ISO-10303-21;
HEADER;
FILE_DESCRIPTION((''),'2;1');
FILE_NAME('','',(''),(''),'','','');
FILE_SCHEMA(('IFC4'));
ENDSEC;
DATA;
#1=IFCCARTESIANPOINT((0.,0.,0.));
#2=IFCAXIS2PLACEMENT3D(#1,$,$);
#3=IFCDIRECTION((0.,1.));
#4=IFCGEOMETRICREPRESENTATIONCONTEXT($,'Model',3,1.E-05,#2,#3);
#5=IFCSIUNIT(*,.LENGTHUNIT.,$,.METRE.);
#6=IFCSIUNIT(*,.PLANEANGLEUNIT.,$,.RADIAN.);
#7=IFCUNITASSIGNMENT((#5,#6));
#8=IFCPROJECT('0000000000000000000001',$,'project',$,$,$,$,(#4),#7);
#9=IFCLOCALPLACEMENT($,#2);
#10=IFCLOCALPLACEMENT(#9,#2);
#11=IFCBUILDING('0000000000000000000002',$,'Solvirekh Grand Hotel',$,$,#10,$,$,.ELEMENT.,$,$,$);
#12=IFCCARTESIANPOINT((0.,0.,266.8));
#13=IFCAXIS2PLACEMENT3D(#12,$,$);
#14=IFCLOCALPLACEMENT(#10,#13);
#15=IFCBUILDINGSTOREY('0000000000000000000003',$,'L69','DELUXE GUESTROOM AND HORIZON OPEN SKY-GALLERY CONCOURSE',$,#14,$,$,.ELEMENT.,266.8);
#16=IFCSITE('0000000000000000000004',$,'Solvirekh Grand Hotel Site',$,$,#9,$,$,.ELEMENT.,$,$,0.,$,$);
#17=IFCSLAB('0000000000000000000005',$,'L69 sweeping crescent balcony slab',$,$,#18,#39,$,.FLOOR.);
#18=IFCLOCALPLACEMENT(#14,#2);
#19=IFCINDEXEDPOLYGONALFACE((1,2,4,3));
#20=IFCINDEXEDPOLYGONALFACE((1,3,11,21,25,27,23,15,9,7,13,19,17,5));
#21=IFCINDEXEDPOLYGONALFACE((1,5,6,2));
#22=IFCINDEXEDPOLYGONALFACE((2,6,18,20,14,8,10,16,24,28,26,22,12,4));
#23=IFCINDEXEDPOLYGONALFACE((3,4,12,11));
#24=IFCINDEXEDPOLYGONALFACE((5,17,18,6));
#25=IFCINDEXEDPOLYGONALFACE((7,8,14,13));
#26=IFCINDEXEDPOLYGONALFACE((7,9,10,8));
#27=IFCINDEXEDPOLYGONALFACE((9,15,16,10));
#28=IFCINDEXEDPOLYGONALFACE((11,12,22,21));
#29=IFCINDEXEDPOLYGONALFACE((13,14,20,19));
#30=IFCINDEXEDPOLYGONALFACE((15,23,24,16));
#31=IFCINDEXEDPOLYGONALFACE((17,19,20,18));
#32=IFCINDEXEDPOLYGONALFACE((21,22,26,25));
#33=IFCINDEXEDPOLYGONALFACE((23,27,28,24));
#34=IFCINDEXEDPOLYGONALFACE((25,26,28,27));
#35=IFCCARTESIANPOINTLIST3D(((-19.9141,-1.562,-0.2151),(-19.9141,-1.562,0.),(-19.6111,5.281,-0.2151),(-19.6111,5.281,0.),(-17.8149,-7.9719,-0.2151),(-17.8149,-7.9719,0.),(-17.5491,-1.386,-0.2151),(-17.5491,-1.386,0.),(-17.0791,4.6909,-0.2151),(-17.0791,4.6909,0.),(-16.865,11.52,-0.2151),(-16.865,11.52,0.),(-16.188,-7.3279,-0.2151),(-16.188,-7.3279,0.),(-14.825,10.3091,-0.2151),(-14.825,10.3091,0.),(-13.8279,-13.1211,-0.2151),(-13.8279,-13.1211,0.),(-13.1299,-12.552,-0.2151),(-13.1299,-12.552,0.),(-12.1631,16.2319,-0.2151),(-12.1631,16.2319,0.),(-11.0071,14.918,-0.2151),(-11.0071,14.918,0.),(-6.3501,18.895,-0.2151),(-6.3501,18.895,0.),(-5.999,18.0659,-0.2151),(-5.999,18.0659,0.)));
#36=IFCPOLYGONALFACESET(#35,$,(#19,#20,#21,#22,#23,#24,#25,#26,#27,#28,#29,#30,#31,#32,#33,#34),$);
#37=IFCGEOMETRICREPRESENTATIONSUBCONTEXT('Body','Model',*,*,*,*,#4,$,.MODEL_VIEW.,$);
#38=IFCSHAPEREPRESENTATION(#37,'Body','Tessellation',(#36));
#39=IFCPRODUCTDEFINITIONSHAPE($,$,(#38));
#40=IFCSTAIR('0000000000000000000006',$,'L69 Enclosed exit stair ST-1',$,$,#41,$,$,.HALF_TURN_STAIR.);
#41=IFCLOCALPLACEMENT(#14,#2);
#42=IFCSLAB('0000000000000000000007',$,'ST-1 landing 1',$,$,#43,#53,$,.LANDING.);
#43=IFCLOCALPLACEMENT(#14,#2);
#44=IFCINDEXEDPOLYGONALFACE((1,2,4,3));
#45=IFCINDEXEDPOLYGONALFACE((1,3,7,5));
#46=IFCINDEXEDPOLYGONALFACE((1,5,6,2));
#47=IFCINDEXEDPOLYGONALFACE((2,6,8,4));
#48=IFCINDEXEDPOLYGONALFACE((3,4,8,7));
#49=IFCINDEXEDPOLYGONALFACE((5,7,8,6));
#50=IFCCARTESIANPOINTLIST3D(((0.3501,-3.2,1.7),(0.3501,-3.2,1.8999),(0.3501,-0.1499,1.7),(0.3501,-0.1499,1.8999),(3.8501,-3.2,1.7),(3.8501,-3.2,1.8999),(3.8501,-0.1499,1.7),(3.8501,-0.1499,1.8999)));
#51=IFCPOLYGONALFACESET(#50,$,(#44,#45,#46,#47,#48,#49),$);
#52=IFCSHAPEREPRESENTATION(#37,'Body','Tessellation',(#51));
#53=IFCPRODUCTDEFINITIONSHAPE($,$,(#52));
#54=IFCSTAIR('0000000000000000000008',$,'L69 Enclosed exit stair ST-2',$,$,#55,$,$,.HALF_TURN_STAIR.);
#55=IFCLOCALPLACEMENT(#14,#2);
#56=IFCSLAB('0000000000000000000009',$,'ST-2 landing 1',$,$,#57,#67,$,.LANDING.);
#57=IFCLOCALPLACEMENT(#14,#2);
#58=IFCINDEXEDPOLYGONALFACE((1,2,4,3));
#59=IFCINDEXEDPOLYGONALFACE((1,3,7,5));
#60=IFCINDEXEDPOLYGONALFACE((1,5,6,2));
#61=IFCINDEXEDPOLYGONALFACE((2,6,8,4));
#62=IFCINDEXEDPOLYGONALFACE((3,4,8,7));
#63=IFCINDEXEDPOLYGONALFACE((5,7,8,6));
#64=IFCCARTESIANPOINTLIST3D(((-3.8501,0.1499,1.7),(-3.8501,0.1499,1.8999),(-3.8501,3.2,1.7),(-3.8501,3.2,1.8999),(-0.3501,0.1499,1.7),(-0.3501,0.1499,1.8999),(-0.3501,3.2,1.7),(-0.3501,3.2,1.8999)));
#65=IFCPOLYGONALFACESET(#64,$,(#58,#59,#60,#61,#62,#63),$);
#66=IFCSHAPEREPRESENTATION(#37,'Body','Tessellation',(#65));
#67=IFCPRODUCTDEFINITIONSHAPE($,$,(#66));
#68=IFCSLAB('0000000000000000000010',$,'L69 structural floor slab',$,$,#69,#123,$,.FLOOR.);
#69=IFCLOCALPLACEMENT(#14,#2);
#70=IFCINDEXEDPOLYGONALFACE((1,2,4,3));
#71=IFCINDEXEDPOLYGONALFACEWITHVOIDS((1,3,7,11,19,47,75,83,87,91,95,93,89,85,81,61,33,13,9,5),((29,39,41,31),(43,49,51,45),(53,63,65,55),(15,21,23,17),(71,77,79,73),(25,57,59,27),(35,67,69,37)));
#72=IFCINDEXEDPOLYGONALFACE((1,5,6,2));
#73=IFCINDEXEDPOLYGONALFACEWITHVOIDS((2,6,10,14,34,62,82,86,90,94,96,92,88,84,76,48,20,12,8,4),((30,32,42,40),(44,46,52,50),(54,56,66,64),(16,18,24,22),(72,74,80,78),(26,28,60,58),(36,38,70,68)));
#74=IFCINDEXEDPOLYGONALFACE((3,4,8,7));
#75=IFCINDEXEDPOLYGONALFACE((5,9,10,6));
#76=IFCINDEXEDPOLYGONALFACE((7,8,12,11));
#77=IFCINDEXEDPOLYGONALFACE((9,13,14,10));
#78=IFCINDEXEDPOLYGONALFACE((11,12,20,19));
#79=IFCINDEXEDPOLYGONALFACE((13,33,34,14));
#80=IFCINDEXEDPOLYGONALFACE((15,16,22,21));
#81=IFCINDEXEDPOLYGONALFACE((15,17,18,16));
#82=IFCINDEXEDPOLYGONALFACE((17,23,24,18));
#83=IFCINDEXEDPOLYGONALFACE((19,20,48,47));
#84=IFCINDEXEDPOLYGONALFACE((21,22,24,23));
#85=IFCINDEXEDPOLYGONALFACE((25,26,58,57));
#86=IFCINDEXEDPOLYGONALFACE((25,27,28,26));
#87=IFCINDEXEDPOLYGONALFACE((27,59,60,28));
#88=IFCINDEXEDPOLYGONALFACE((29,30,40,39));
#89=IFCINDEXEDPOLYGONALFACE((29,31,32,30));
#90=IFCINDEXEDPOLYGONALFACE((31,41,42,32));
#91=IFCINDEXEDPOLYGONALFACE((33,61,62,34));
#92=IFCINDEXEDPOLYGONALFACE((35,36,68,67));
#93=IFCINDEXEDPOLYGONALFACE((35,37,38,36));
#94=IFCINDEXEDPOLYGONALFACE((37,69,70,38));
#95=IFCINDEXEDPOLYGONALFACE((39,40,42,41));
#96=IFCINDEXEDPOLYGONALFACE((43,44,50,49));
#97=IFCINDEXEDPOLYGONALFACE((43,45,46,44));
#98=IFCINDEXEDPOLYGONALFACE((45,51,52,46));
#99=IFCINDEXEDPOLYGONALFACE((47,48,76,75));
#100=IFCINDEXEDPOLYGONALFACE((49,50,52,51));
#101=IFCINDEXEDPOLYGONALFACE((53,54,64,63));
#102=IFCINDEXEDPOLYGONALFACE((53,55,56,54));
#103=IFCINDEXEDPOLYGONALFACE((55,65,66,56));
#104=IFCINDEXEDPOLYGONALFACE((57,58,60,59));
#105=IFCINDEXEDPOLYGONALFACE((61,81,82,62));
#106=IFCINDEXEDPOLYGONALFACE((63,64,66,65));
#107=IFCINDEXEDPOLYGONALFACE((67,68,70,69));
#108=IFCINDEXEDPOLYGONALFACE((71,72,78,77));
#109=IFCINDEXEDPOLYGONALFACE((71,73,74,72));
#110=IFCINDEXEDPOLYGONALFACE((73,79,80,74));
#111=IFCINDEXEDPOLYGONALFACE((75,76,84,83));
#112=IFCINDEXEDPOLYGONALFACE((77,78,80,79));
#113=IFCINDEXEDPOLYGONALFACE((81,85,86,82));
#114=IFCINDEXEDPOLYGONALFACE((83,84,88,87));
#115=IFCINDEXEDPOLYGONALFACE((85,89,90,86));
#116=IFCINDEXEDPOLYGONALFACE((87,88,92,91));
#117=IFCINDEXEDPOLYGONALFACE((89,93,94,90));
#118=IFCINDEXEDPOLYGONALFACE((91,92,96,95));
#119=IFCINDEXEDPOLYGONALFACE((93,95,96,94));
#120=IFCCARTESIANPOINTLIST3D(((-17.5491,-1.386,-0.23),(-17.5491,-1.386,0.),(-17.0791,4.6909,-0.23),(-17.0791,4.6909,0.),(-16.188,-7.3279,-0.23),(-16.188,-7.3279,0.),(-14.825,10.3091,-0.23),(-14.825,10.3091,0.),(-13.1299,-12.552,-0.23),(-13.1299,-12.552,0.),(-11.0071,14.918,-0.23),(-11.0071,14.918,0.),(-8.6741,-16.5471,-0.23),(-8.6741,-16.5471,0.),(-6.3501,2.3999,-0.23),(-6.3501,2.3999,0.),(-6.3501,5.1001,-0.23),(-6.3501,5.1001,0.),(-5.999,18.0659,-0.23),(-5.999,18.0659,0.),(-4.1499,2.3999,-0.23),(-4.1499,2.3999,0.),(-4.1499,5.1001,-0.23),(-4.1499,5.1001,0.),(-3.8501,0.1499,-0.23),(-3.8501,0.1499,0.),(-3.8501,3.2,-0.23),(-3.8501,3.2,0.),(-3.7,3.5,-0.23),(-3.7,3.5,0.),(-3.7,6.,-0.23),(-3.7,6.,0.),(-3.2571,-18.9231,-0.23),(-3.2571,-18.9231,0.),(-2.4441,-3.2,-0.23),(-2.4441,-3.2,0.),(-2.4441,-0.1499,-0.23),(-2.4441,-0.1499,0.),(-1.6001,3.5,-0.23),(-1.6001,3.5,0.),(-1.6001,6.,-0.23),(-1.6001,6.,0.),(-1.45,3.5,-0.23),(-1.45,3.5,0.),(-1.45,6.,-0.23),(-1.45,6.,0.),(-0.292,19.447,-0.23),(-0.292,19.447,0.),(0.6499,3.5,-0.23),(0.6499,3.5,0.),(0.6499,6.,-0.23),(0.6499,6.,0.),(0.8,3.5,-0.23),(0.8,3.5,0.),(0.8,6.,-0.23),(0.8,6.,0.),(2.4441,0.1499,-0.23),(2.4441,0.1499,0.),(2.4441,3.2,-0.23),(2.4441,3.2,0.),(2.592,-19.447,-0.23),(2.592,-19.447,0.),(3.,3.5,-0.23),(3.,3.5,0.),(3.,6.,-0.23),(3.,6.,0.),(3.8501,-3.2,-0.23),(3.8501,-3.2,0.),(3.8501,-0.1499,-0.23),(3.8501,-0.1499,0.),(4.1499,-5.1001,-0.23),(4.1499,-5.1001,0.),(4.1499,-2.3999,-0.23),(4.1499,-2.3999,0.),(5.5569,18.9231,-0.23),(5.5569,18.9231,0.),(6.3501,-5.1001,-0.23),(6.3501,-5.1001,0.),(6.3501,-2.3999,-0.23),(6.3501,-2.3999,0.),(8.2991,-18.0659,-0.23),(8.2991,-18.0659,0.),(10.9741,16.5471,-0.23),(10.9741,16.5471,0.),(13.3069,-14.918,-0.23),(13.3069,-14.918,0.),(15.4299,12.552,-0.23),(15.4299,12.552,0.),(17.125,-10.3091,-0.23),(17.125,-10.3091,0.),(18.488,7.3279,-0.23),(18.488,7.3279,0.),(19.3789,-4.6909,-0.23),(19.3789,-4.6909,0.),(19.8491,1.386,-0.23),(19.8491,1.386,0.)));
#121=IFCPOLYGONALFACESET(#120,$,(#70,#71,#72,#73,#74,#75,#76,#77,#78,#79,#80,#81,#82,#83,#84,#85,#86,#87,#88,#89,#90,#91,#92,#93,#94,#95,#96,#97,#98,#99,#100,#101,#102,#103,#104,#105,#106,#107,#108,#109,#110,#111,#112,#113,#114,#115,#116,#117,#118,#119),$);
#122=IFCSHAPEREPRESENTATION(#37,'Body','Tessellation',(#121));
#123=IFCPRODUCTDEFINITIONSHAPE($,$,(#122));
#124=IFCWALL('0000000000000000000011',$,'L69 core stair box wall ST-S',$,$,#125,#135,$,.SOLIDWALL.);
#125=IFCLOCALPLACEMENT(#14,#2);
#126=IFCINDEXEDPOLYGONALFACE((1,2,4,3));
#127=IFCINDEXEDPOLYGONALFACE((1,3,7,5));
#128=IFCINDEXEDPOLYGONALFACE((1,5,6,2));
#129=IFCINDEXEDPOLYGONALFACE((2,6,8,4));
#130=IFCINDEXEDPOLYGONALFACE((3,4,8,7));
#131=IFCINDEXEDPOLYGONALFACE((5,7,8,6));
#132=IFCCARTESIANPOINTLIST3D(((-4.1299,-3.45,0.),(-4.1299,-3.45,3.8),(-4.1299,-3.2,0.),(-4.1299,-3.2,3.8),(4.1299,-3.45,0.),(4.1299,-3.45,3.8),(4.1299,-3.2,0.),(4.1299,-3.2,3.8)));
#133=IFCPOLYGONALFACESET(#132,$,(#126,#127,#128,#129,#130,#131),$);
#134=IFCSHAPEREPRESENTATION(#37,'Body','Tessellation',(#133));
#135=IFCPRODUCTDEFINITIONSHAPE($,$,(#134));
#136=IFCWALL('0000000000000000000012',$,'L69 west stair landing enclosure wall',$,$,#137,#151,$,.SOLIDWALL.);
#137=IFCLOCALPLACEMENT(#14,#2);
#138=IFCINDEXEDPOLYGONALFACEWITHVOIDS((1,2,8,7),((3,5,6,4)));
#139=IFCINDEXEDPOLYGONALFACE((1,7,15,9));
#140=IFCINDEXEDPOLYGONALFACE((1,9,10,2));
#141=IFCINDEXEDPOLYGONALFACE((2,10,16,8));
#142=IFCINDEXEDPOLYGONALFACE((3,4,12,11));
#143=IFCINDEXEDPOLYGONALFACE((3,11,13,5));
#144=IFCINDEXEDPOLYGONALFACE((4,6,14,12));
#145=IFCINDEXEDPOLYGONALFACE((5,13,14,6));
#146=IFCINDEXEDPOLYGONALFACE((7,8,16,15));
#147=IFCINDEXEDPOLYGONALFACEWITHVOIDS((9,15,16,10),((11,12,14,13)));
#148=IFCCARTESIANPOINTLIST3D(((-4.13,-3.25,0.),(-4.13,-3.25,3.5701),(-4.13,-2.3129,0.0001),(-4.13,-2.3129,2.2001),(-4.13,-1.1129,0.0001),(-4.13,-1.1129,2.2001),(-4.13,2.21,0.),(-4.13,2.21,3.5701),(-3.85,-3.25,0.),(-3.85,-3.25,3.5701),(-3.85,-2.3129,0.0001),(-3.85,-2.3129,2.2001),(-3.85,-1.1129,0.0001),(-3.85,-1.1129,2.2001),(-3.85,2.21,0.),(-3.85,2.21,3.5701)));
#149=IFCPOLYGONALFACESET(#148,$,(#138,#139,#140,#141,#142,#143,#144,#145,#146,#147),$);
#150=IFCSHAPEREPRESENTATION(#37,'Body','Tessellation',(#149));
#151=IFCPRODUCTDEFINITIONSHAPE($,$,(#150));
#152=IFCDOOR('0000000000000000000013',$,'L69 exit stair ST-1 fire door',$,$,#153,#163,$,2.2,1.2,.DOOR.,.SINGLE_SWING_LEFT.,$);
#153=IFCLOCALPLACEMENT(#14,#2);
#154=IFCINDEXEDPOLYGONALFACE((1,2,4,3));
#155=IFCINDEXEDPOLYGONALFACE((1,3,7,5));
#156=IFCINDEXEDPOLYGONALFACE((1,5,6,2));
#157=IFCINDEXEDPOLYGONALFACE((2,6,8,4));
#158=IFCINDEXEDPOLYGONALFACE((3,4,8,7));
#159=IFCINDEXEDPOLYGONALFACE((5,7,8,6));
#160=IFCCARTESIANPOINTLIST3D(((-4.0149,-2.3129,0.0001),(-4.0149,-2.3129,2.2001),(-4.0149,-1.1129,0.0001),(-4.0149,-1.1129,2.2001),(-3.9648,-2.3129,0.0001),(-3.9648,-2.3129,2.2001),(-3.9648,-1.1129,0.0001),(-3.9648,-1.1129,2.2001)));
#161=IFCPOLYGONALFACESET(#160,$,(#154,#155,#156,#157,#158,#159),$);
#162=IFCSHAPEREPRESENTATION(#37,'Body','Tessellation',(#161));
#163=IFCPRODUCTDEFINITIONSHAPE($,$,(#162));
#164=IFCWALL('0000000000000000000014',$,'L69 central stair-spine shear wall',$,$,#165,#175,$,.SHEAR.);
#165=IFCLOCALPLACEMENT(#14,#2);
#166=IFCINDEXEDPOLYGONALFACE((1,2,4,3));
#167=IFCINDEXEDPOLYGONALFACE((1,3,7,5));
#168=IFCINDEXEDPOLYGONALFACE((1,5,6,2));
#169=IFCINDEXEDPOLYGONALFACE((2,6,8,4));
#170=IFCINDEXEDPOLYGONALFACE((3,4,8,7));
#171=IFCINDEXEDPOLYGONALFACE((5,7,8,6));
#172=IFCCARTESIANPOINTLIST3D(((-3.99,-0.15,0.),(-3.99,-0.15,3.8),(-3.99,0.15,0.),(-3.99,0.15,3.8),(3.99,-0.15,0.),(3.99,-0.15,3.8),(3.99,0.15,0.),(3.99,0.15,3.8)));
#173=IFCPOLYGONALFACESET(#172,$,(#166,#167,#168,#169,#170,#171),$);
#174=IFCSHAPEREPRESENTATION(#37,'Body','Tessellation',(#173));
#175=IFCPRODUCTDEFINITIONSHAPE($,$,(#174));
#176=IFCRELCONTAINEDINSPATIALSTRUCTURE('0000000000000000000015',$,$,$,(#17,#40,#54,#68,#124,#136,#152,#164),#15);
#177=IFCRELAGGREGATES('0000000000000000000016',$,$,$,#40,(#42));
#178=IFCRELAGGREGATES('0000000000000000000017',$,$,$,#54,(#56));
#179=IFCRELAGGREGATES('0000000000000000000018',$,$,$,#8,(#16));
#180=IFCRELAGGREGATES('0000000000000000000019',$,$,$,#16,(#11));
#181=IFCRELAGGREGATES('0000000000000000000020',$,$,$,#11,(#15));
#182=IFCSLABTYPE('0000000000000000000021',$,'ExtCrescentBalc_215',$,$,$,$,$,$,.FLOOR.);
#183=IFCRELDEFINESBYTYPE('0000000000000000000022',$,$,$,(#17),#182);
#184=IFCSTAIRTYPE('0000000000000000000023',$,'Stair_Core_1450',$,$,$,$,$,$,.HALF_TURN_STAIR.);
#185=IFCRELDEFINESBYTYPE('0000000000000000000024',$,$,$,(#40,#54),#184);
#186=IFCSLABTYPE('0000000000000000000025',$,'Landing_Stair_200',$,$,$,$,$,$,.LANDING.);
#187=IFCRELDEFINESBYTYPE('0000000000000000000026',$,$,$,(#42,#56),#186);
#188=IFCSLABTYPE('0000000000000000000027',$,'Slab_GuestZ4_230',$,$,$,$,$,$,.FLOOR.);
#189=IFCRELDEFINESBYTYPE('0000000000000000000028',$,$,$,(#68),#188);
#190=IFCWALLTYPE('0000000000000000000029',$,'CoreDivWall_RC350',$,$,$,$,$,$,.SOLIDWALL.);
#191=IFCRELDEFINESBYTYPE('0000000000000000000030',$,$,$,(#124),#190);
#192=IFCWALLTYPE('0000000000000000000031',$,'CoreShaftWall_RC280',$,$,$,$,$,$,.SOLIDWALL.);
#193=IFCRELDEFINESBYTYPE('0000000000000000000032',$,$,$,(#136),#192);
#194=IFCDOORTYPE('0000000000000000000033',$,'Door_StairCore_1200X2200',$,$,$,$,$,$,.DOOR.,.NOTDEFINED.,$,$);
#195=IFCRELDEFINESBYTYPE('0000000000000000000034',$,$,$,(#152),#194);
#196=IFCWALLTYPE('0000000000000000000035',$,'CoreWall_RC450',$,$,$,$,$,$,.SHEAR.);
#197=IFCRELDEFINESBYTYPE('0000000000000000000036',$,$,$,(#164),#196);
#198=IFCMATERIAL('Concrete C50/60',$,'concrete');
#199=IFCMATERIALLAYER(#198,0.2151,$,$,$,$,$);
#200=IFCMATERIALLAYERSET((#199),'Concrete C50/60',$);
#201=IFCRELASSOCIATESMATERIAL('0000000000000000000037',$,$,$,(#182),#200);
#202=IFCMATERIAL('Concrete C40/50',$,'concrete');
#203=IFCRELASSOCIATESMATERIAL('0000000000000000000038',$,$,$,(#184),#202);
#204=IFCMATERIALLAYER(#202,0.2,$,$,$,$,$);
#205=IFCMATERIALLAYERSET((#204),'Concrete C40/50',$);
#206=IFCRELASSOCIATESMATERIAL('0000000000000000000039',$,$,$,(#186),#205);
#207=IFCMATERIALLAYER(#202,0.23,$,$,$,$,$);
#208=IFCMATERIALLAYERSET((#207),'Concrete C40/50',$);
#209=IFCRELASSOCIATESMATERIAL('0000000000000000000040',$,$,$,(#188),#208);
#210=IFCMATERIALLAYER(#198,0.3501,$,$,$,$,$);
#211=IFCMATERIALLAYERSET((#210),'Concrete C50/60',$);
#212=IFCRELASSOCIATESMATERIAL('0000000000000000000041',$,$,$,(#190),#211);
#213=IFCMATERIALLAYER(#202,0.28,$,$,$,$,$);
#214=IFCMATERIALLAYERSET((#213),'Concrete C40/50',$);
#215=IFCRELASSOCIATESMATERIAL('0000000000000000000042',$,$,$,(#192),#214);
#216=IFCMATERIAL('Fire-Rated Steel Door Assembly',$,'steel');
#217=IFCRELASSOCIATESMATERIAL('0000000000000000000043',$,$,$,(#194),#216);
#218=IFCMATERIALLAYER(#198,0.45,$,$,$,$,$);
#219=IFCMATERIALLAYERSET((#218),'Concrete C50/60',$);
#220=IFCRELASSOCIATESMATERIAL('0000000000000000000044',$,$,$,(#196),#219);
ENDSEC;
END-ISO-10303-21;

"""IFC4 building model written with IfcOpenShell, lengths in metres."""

from ifc_helpers import new_model, si_unit, direction, frame, frame_2d, origin, place, context, subcontext, project, spatial, polyline, rectangle, outline, extrude, material, layer, layer_set, type_object, element, fill, aggregate, save


model = new_model("IFC4")

# Units and contexts
model_context = context("Model", 3, precision=1e-05, world=origin(), true_north=direction((0.0, 1.0)))
body_context = subcontext(model_context, "Body", "Model", "MODEL_VIEW")
ifc_project = project(units=[si_unit("LENGTHUNIT", "METRE"), si_unit("PLANEANGLEUNIT", "RADIAN")], contexts=[model_context])

# Site, building, storey
site_placement = place(None, origin())
site = spatial("IfcSite", under=ifc_project, at=site_placement, Name="Solvirekh Grand Hotel Site", CompositionType="ELEMENT", RefElevation=0.0)
building_placement = place(site_placement, origin())
building = spatial("IfcBuilding", under=site, at=building_placement, Name="Solvirekh Grand Hotel", CompositionType="ELEMENT")
storey_placement = place(building_placement, frame((0.0, 0.0, 266.8)))
storey = spatial("IfcBuildingStorey", under=building, at=storey_placement, Name="L69", Description="DELUXE GUESTROOM AND HORIZON OPEN SKY-GALLERY CONCOURSE", CompositionType="ELEMENT", Elevation=266.8)

# Slab
ifc_material_1 = material(Name="Concrete C50/60", Category="concrete")
ifc_layer_1 = layer(ifc_material_1, 0.2151)
ifc_layer_set_1 = layer_set([ifc_layer_1], Name="Concrete C50/60")
slab_type_1 = type_object("IfcSlabType", Name="ExtCrescentBalc_215", PredefinedType="FLOOR", material=ifc_layer_set_1)
slab_1_placement = place(storey_placement, frame((0.0, 0.0, -0.2151)))
element("IfcSlab", 1, at=slab_1_placement, inside=storey, type_object=slab_type_1, Name="L69 sweeping crescent balcony slab", PredefinedType="FLOOR", context=body_context, shape_type="SweptSolid", body=[
    extrude(outline(polyline([(-6.3501, 18.895), (-12.1631, 16.2319), (-16.865, 11.52), (-19.6111, 5.281), (-19.9141, -1.562), (-17.8149, -7.9719), (-13.8279, -13.1211), (-13.1299, -12.552), (-16.188, -7.3279), (-17.5491, -1.386), (-17.0791, 4.6909), (-14.825, 10.3091), (-11.0071, 14.918), (-5.999, 18.0659), (-6.3501, 18.895)])), origin(), (0.0, 0.0, 1.0), 0.2151),
])

# Stairs, slabs
ifc_material_2 = material(Name="Concrete C40/50", Category="concrete")
stair_type = type_object("IfcStairType", Name="Stair_Core_1450", PredefinedType="HALF_TURN_STAIR", material=ifc_material_2)
stair_1_placement = place(storey_placement, origin())
stair_1 = element("IfcStair", 2, at=stair_1_placement, inside=storey, type_object=stair_type, Name="L69 Enclosed exit stair ST-1", PredefinedType="HALF_TURN_STAIR")
ifc_layer_2 = layer(ifc_material_2, 0.2)
ifc_layer_set_2 = layer_set([ifc_layer_2], Name="Concrete C40/50")
slab_type_2 = type_object("IfcSlabType", Name="Landing_Stair_200", PredefinedType="LANDING", material=ifc_layer_set_2)
slab_2_placement = place(storey_placement, frame((0.0, 0.0, 1.7)))
slab_2 = element("IfcSlab", 3, at=slab_2_placement, type_object=slab_type_2, Name="ST-1 landing 1", PredefinedType="LANDING", context=body_context, shape_type="SweptSolid", body=[
    extrude(outline(polyline([(0.3501, -3.2), (3.8501, -3.2), (3.8501, -0.1499), (0.3501, -0.1499), (0.3501, -3.2)])), origin(), (0.0, 0.0, 1.0), 0.2),
])
stair_2_placement = place(storey_placement, origin())
stair_2 = element("IfcStair", 4, at=stair_2_placement, inside=storey, type_object=stair_type, Name="L69 Enclosed exit stair ST-2", PredefinedType="HALF_TURN_STAIR")
slab_3_placement = place(storey_placement, frame((0.0, 0.0, 1.7)))
slab_3 = element("IfcSlab", 5, at=slab_3_placement, type_object=slab_type_2, Name="ST-2 landing 1", PredefinedType="LANDING", context=body_context, shape_type="SweptSolid", body=[
    extrude(outline(polyline([(-0.3501, 3.2), (-3.8501, 3.2), (-3.8501, 0.1499), (-0.3501, 0.1499), (-0.3501, 3.2)])), origin(), (0.0, 0.0, 1.0), 0.2),
])

# Slab
ifc_layer_3 = layer(ifc_material_2, 0.23)
ifc_layer_set_3 = layer_set([ifc_layer_3], Name="Concrete C40/50")
slab_type_3 = type_object("IfcSlabType", Name="Slab_GuestZ4_230", PredefinedType="FLOOR", material=ifc_layer_set_3)
slab_4_placement = place(storey_placement, frame((0.0, 0.0, -0.23)))
element("IfcSlab", 6, at=slab_4_placement, inside=storey, type_object=slab_type_3, Name="L69 structural floor slab", PredefinedType="FLOOR", context=body_context, shape_type="SweptSolid", body=[
    extrude(outline(polyline([(2.592, -19.447), (8.2991, -18.0659), (13.3069, -14.918), (17.125, -10.3091), (19.3789, -4.6909), (19.8491, 1.386), (18.488, 7.3279), (15.4299, 12.552), (10.9741, 16.5471), (5.5569, 18.9231), (-0.292, 19.447), (-5.999, 18.0659), (-11.0071, 14.918), (-14.825, 10.3091), (-17.0791, 4.6909), (-17.5491, -1.386), (-16.188, -7.3279), (-13.1299, -12.552), (-8.6741, -16.5471), (-3.2571, -18.9231), (2.592, -19.447)]), holes=[polyline([(-2.4441, -0.1499), (3.8501, -0.1499), (3.8501, -3.2), (-2.4441, -3.2), (-2.4441, -0.1499)]), polyline([(2.4441, 0.1499), (-3.8501, 0.1499), (-3.8501, 3.2), (2.4441, 3.2), (2.4441, 0.1499)]), polyline([(-3.7, 6.0), (-1.6001, 6.0), (-1.6001, 3.5), (-3.7, 3.5), (-3.7, 6.0)]), polyline([(-1.45, 6.0), (0.6499, 6.0), (0.6499, 3.5), (-1.45, 3.5), (-1.45, 6.0)]), polyline([(0.8, 6.0), (3.0, 6.0), (3.0, 3.5), (0.8, 3.5), (0.8, 6.0)]), polyline([(-6.3501, 5.1001), (-4.1499, 5.1001), (-4.1499, 2.3999), (-6.3501, 2.3999), (-6.3501, 5.1001)]), polyline([(4.1499, -2.3999), (6.3501, -2.3999), (6.3501, -5.1001), (4.1499, -5.1001), (4.1499, -2.3999)])]), origin(), (0.0, 0.0, 1.0), 0.23),
])

# Wall
ifc_layer_4 = layer(ifc_material_1, 0.3501)
ifc_layer_set_4 = layer_set([ifc_layer_4], Name="Concrete C50/60")
wall_type_1 = type_object("IfcWallType", Name="CoreDivWall_RC350", PredefinedType="SOLIDWALL", material=ifc_layer_set_4)
wall_1_placement = place(storey_placement, frame((-4.1299, -3.325, 0.0), z_axis=(0.0, 0.0, 1.0), x_axis=(1.0, 0.0, 0.0)))
element("IfcWall", 7, at=wall_1_placement, inside=storey, type_object=wall_type_1, Name="L69 core stair box wall ST-S", PredefinedType="SOLIDWALL", context=body_context, shape_type="SweptSolid", body=[
    extrude(rectangle(XDim=8.2598, YDim=0.25, at=frame_2d((4.1299, 0.0))), origin(), (0.0, 0.0, 1.0), 3.8),
])

# Wall, opening, door
ifc_layer_5 = layer(ifc_material_2, 0.28)
ifc_layer_set_5 = layer_set([ifc_layer_5], Name="Concrete C40/50")
wall_type_2 = type_object("IfcWallType", Name="CoreShaftWall_RC280", PredefinedType="SOLIDWALL", material=ifc_layer_set_5)
wall_2_placement = place(storey_placement, frame((-3.99, -3.25, 0.0), z_axis=(0.0, 0.0, 1.0), x_axis=(0.0, 1.0, 0.0)))
wall_2 = element("IfcWall", 8, at=wall_2_placement, inside=storey, type_object=wall_type_2, Name="L69 west stair landing enclosure wall", PredefinedType="SOLIDWALL", context=body_context, shape_type="SweptSolid", body=[
    extrude(rectangle(XDim=5.46, YDim=0.28, at=frame_2d((2.73, 0.0))), origin(), (0.0, 0.0, 1.0), 3.5701),
])
opening_placement = place(wall_2_placement, frame((0.937, 0.0, 0.0)))
opening = element("IfcOpeningElement", 9, at=opening_placement, cuts=wall_2, PredefinedType="OPENING", context=body_context, shape_type="SweptSolid", body=[
    extrude(rectangle(XDim=1.2, YDim=2.2, at=frame_2d((0.6001, 1.1001))), frame((0.0, 0.1499, 0.0), z_axis=(0.0, -1.0, 0.0), x_axis=(1.0, 0.0, 0.0)), (0.0, 0.0, 1.0), 0.3),
])
ifc_material_3 = material(Name="Fire-Rated Steel Door Assembly", Category="steel")
door_type = type_object("IfcDoorType", Name="Door_StairCore_1200X2200", OperationType="NOTDEFINED", PredefinedType="DOOR", material=ifc_material_3)
door_placement = place(opening_placement, origin())
door = element("IfcDoor", 10, at=door_placement, inside=storey, type_object=door_type, Name="L69 exit stair ST-1 fire door", OperationType="SINGLE_SWING_LEFT", OverallHeight=2.2, OverallWidth=1.2, PredefinedType="DOOR", context=body_context, shape_type="SweptSolid", body=[
    extrude(rectangle(XDim=1.2, YDim=2.2, at=frame_2d((0.6001, 1.1001))), frame((0.0, 0.0249, 0.0), z_axis=(0.0, -1.0, 0.0), x_axis=(1.0, 0.0, 0.0)), (0.0, 0.0, 1.0), 0.05),
])
fill(opening, door)

# Wall
ifc_layer_6 = layer(ifc_material_1, 0.45)
ifc_layer_set_6 = layer_set([ifc_layer_6], Name="Concrete C50/60")
wall_type_3 = type_object("IfcWallType", Name="CoreWall_RC450", PredefinedType="SHEAR", material=ifc_layer_set_6)
wall_3_placement = place(storey_placement, frame((-3.99, 0.0, 0.0), z_axis=(0.0, 0.0, 1.0), x_axis=(1.0, 0.0, 0.0)))
element("IfcWall", 11, at=wall_3_placement, inside=storey, type_object=wall_type_3, Name="L69 central stair-spine shear wall", PredefinedType="SHEAR", context=body_context, shape_type="SweptSolid", body=[
    extrude(rectangle(XDim=7.98, YDim=0.3, at=frame_2d((3.99, 0.0))), origin(), (0.0, 0.0, 1.0), 3.8),
])

aggregate(stair_1, [slab_2])
aggregate(stair_2, [slab_3])

save(model, "model.ifc")
